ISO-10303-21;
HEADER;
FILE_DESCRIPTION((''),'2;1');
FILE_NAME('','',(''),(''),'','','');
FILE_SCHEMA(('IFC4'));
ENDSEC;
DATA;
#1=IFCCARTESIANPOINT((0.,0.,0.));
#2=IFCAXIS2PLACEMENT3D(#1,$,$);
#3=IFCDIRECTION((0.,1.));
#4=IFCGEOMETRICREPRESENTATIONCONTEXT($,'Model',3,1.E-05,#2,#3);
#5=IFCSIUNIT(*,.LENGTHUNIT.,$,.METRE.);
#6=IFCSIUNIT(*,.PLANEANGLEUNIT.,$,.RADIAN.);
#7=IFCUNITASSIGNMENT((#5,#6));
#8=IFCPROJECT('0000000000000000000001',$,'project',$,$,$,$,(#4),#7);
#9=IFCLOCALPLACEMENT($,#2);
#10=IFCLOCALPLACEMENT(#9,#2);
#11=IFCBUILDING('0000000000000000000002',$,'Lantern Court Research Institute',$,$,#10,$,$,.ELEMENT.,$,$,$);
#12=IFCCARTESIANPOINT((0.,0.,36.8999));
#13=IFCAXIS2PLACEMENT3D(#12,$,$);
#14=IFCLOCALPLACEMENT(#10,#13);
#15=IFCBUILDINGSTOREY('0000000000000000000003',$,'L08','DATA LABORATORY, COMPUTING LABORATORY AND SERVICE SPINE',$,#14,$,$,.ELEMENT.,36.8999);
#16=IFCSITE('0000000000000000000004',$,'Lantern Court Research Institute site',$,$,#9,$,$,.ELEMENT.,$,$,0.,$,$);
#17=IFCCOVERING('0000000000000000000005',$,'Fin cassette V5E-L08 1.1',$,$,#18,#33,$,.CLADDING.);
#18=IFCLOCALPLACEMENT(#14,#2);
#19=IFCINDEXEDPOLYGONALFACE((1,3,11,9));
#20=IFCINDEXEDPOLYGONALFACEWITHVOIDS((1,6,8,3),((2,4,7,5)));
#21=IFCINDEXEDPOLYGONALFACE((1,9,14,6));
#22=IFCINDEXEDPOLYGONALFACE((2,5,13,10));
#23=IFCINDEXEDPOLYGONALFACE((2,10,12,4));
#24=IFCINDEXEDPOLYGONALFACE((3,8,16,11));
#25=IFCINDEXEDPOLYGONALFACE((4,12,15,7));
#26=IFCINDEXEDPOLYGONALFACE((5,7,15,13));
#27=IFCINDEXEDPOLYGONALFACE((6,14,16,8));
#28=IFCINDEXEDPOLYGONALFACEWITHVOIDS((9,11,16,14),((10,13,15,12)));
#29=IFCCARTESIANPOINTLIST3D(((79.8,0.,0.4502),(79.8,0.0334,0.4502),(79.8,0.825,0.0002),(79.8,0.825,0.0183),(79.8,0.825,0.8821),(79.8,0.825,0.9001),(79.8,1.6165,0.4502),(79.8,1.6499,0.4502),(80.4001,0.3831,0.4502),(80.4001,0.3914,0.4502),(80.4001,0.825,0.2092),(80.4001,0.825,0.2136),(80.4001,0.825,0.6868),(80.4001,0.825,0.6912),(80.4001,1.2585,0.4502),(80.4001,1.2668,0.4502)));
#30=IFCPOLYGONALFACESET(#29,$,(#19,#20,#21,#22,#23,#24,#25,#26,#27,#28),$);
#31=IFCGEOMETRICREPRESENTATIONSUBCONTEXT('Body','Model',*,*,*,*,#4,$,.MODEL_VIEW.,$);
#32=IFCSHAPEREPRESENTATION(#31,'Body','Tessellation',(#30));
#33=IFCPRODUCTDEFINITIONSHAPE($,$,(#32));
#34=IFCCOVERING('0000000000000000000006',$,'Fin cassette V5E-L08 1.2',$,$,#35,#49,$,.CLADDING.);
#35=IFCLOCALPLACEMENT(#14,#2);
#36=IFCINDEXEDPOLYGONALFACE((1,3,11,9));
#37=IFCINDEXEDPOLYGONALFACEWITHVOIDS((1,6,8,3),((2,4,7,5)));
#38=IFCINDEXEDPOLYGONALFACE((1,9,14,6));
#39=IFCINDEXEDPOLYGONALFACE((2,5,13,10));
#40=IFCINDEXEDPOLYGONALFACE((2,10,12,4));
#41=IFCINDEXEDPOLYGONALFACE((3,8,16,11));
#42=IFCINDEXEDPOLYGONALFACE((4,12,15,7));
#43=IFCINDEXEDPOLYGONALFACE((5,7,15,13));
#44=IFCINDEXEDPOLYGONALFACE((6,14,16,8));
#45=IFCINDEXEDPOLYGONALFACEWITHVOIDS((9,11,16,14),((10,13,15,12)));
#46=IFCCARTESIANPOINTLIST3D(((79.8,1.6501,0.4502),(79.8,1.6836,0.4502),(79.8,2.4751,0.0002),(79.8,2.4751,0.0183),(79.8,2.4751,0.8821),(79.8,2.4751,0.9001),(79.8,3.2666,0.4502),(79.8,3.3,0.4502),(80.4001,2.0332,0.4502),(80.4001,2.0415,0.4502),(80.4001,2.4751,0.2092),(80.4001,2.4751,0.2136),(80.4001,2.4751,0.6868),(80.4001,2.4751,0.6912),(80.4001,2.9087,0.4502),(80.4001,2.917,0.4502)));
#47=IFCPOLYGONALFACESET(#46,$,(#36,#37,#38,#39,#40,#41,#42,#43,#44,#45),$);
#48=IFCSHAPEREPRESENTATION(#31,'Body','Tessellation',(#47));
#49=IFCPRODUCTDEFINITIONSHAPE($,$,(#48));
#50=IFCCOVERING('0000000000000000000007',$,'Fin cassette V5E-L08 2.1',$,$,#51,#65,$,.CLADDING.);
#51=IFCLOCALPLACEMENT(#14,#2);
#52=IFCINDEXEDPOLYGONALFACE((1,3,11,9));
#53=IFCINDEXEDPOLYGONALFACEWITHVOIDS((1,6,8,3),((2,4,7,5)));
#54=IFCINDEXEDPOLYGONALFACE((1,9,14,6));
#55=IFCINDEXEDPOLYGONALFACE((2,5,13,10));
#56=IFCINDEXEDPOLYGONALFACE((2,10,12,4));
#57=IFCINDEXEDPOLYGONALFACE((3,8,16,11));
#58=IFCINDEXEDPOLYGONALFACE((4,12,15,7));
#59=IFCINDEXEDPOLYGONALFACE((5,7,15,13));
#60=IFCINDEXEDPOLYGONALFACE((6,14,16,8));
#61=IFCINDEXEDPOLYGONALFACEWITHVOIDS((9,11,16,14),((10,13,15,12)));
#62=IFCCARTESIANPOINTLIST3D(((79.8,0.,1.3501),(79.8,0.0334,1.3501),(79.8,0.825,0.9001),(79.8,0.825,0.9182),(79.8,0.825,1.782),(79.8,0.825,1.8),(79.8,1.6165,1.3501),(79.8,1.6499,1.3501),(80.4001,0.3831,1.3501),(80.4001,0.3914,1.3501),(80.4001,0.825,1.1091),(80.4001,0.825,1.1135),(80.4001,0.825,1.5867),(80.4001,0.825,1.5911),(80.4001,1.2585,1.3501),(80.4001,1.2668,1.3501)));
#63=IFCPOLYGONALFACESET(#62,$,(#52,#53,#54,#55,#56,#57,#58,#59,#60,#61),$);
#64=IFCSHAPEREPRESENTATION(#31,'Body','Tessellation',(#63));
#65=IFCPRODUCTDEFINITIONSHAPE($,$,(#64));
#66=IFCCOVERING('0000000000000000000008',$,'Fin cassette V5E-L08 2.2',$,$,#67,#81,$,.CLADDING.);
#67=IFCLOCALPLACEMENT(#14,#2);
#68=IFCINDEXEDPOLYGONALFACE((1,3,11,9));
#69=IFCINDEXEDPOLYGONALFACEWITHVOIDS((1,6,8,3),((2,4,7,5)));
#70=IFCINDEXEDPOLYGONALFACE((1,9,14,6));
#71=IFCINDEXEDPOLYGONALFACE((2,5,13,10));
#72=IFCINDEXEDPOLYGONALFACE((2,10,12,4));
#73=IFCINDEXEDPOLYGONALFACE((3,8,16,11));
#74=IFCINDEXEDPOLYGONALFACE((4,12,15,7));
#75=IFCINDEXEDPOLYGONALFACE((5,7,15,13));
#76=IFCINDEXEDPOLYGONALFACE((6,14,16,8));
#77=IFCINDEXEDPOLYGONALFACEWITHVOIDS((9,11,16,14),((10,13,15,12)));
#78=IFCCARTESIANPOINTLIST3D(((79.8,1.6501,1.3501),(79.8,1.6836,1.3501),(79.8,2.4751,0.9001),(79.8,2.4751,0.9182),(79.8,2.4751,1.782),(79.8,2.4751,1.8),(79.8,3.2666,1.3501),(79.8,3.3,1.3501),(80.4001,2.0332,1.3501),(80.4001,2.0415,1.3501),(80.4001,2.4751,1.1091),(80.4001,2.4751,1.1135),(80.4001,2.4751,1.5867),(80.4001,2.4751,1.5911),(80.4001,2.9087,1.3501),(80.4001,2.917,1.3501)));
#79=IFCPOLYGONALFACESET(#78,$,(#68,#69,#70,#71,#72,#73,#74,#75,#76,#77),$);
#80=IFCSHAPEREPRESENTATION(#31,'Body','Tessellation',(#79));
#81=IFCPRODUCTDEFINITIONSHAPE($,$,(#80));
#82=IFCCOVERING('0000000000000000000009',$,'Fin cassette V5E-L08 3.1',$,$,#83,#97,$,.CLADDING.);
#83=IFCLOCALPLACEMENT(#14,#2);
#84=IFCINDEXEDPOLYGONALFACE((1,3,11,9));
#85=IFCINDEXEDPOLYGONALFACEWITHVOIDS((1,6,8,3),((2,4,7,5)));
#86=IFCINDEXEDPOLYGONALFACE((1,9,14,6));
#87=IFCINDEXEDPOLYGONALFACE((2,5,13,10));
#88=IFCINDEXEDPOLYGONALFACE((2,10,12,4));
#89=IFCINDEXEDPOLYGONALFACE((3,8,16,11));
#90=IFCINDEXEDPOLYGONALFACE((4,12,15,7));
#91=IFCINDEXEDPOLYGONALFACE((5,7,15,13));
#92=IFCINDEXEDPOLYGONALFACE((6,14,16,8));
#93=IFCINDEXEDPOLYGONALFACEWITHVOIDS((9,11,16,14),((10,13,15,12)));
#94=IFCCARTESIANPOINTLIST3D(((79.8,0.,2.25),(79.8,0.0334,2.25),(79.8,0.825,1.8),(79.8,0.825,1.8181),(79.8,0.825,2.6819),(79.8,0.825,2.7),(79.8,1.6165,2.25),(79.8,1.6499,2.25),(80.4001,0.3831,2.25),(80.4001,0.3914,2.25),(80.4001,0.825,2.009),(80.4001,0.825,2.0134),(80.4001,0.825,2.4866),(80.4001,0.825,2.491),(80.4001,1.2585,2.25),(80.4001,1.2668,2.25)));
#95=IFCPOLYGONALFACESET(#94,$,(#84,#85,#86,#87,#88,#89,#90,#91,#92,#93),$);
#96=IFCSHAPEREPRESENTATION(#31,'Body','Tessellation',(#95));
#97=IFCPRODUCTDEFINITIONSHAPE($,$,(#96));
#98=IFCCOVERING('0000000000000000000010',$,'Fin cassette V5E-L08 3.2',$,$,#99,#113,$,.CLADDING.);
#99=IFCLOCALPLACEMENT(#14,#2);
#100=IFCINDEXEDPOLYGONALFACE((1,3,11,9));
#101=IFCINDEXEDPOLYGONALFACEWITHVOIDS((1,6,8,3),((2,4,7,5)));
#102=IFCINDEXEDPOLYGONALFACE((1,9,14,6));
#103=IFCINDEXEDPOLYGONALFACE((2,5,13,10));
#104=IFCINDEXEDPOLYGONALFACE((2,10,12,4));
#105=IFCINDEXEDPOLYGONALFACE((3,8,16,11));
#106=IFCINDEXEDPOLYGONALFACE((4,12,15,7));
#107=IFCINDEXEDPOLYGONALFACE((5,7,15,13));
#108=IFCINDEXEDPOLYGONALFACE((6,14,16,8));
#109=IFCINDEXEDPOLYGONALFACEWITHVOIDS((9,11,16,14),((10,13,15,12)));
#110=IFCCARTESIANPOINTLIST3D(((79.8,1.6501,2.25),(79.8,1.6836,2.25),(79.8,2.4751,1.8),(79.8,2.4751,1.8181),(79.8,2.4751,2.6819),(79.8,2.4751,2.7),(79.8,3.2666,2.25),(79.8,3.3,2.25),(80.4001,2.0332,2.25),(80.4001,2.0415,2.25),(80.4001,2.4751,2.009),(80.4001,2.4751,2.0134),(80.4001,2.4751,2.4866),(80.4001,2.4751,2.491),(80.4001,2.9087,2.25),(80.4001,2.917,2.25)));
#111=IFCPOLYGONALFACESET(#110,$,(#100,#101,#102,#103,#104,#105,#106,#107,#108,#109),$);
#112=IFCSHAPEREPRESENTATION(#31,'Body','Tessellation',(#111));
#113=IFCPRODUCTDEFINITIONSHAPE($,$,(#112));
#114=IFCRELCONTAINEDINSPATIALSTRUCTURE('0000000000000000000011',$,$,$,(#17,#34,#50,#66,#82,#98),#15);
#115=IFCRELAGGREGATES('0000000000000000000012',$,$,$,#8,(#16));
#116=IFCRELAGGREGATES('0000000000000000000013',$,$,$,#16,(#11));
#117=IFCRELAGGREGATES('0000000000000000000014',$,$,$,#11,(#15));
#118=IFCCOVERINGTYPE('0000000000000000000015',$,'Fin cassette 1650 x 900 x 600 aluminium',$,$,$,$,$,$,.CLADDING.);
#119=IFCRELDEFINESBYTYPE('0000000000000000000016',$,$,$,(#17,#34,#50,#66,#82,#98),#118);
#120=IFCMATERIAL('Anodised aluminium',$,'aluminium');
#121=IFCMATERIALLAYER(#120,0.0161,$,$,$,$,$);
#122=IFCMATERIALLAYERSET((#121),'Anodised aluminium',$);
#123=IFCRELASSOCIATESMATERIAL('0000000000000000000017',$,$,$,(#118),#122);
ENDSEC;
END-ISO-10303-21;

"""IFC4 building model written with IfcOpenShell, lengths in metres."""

from ifc_helpers import new_model, entity, si_unit, direction, frame, origin, place, context, subcontext, project, spatial, material, layer, layer_set, type_object, element, save


model = new_model("IFC4")

# Units and contexts
model_context = context("Model", 3, precision=1e-05, world=origin(), true_north=direction((0.0, 1.0)))
body_context = subcontext(model_context, "Body", "Model", "MODEL_VIEW")
ifc_project = project(units=[si_unit("LENGTHUNIT", "METRE"), si_unit("PLANEANGLEUNIT", "RADIAN")], contexts=[model_context])

# Site, building, storey
site_placement = place(None, origin())
site = spatial("IfcSite", under=ifc_project, at=site_placement, Name="Lantern Court Research Institute site", CompositionType="ELEMENT", RefElevation=0.0)
building_placement = place(site_placement, origin())
building = spatial("IfcBuilding", under=site, at=building_placement, Name="Lantern Court Research Institute", CompositionType="ELEMENT")
storey_placement = place(building_placement, frame((0.0, 0.0, 36.8999)))
storey = spatial("IfcBuildingStorey", under=building, at=storey_placement, Name="L08", Description="DATA LABORATORY, COMPUTING LABORATORY AND SERVICE SPINE", CompositionType="ELEMENT", Elevation=36.8999)

# Coverings
ifc_material_1 = material(Name="Anodised aluminium", Category="aluminium")
ifc_layer_1 = layer(ifc_material_1, 0.0161)
ifc_layer_set_1 = layer_set([ifc_layer_1], Name="Anodised aluminium")
covering_type = type_object("IfcCoveringType", Name="Fin cassette 1650 x 900 x 600 aluminium", PredefinedType="CLADDING", material=ifc_layer_set_1)
covering_1_placement = place(storey_placement, frame((79.8, 0.825, 0.4502), z_axis=(1.0, 0.0, 0.0), x_axis=(0.0, 1.0, 0.0)))
cartesian_point_1 = entity("IfcCartesianPoint", [0.825, 0.0])
cartesian_point_2 = entity("IfcCartesianPoint", [0.7915, 0.0])
cartesian_point_3 = entity("IfcCartesianPoint", [0.4419, 0.0])
cartesian_point_4 = entity("IfcCartesianPoint", [0.4336, 0.0])
element("IfcCovering", 1, at=covering_1_placement, inside=storey, type_object=covering_type, Name="Fin cassette V5E-L08 1.1", PredefinedType="CLADDING", context=body_context, shape_type="SweptSolid", body=[
    entity("IfcExtrudedAreaSolidTapered", entity("IfcArbitraryProfileDefWithVoids", "AREA", None, entity("IfcPolyline", [cartesian_point_1, entity("IfcCartesianPoint", [0.0, 0.45]), entity("IfcCartesianPoint", [-0.825, 0.0]), entity("IfcCartesianPoint", [0.0, -0.45]), cartesian_point_1]), [entity("IfcPolyline", [cartesian_point_2, entity("IfcCartesianPoint", [0.0, 0.4319]), entity("IfcCartesianPoint", [-0.7915, 0.0]), entity("IfcCartesianPoint", [0.0, -0.4319]), cartesian_point_2])]), entity("IfcAxis2Placement3D", entity("IfcCartesianPoint", [0.0, 0.0, 0.0])), entity("IfcDirection", [0.0, 0.0, 1.0]), 0.6001, entity("IfcArbitraryProfileDefWithVoids", "AREA", None, entity("IfcPolyline", [cartesian_point_3, entity("IfcCartesianPoint", [0.0, 0.241]), entity("IfcCartesianPoint", [-0.4419, 0.0]), entity("IfcCartesianPoint", [0.0, -0.241]), cartesian_point_3]), [entity("IfcPolyline", [cartesian_point_4, entity("IfcCartesianPoint", [0.0, 0.2366]), entity("IfcCartesianPoint", [-0.4336, 0.0]), entity("IfcCartesianPoint", [0.0, -0.2366]), cartesian_point_4])])),
])
covering_2_placement = place(storey_placement, frame((79.8, 2.4751, 0.4502), z_axis=(1.0, 0.0, 0.0), x_axis=(0.0, 1.0, 0.0)))
cartesian_point_5 = entity("IfcCartesianPoint", [0.825, 0.0])
cartesian_point_6 = entity("IfcCartesianPoint", [0.7915, 0.0])
cartesian_point_7 = entity("IfcCartesianPoint", [0.4419, 0.0])
cartesian_point_8 = entity("IfcCartesianPoint", [0.4336, 0.0])
element("IfcCovering", 2, at=covering_2_placement, inside=storey, type_object=covering_type, Name="Fin cassette V5E-L08 1.2", PredefinedType="CLADDING", context=body_context, shape_type="SweptSolid", body=[
    entity("IfcExtrudedAreaSolidTapered", entity("IfcArbitraryProfileDefWithVoids", "AREA", None, entity("IfcPolyline", [cartesian_point_5, entity("IfcCartesianPoint", [0.0, 0.45]), entity("IfcCartesianPoint", [-0.825, 0.0]), entity("IfcCartesianPoint", [0.0, -0.45]), cartesian_point_5]), [entity("IfcPolyline", [cartesian_point_6, entity("IfcCartesianPoint", [0.0, 0.4319]), entity("IfcCartesianPoint", [-0.7915, 0.0]), entity("IfcCartesianPoint", [0.0, -0.4319]), cartesian_point_6])]), entity("IfcAxis2Placement3D", entity("IfcCartesianPoint", [0.0, 0.0, 0.0])), entity("IfcDirection", [0.0, 0.0, 1.0]), 0.6001, entity("IfcArbitraryProfileDefWithVoids", "AREA", None, entity("IfcPolyline", [cartesian_point_7, entity("IfcCartesianPoint", [0.0, 0.241]), entity("IfcCartesianPoint", [-0.4419, 0.0]), entity("IfcCartesianPoint", [0.0, -0.241]), cartesian_point_7]), [entity("IfcPolyline", [cartesian_point_8, entity("IfcCartesianPoint", [0.0, 0.2366]), entity("IfcCartesianPoint", [-0.4336, 0.0]), entity("IfcCartesianPoint", [0.0, -0.2366]), cartesian_point_8])])),
])
covering_3_placement = place(storey_placement, frame((79.8, 0.825, 1.3501), z_axis=(1.0, 0.0, 0.0), x_axis=(0.0, 1.0, 0.0)))
cartesian_point_9 = entity("IfcCartesianPoint", [0.825, 0.0])
cartesian_point_10 = entity("IfcCartesianPoint", [0.7915, 0.0])
cartesian_point_11 = entity("IfcCartesianPoint", [0.4419, 0.0])
cartesian_point_12 = entity("IfcCartesianPoint", [0.4336, 0.0])
element("IfcCovering", 3, at=covering_3_placement, inside=storey, type_object=covering_type, Name="Fin cassette V5E-L08 2.1", PredefinedType="CLADDING", context=body_context, shape_type="SweptSolid", body=[
    entity("IfcExtrudedAreaSolidTapered", entity("IfcArbitraryProfileDefWithVoids", "AREA", None, entity("IfcPolyline", [cartesian_point_9, entity("IfcCartesianPoint", [0.0, 0.45]), entity("IfcCartesianPoint", [-0.825, 0.0]), entity("IfcCartesianPoint", [0.0, -0.45]), cartesian_point_9]), [entity("IfcPolyline", [cartesian_point_10, entity("IfcCartesianPoint", [0.0, 0.4319]), entity("IfcCartesianPoint", [-0.7915, 0.0]), entity("IfcCartesianPoint", [0.0, -0.4319]), cartesian_point_10])]), entity("IfcAxis2Placement3D", entity("IfcCartesianPoint", [0.0, 0.0, 0.0])), entity("IfcDirection", [0.0, 0.0, 1.0]), 0.6001, entity("IfcArbitraryProfileDefWithVoids", "AREA", None, entity("IfcPolyline", [cartesian_point_11, entity("IfcCartesianPoint", [0.0, 0.241]), entity("IfcCartesianPoint", [-0.4419, 0.0]), entity("IfcCartesianPoint", [0.0, -0.241]), cartesian_point_11]), [entity("IfcPolyline", [cartesian_point_12, entity("IfcCartesianPoint", [0.0, 0.2366]), entity("IfcCartesianPoint", [-0.4336, 0.0]), entity("IfcCartesianPoint", [0.0, -0.2366]), cartesian_point_12])])),
])
covering_4_placement = place(storey_placement, frame((79.8, 2.4751, 1.3501), z_axis=(1.0, 0.0, 0.0), x_axis=(0.0, 1.0, 0.0)))
cartesian_point_13 = entity("IfcCartesianPoint", [0.825, 0.0])
cartesian_point_14 = entity("IfcCartesianPoint", [0.7915, 0.0])
cartesian_point_15 = entity("IfcCartesianPoint", [0.4419, 0.0])
cartesian_point_16 = entity("IfcCartesianPoint", [0.4336, 0.0])
element("IfcCovering", 4, at=covering_4_placement, inside=storey, type_object=covering_type, Name="Fin cassette V5E-L08 2.2", PredefinedType="CLADDING", context=body_context, shape_type="SweptSolid", body=[
    entity("IfcExtrudedAreaSolidTapered", entity("IfcArbitraryProfileDefWithVoids", "AREA", None, entity("IfcPolyline", [cartesian_point_13, entity("IfcCartesianPoint", [0.0, 0.45]), entity("IfcCartesianPoint", [-0.825, 0.0]), entity("IfcCartesianPoint", [0.0, -0.45]), cartesian_point_13]), [entity("IfcPolyline", [cartesian_point_14, entity("IfcCartesianPoint", [0.0, 0.4319]), entity("IfcCartesianPoint", [-0.7915, 0.0]), entity("IfcCartesianPoint", [0.0, -0.4319]), cartesian_point_14])]), entity("IfcAxis2Placement3D", entity("IfcCartesianPoint", [0.0, 0.0, 0.0])), entity("IfcDirection", [0.0, 0.0, 1.0]), 0.6001, entity("IfcArbitraryProfileDefWithVoids", "AREA", None, entity("IfcPolyline", [cartesian_point_15, entity("IfcCartesianPoint", [0.0, 0.241]), entity("IfcCartesianPoint", [-0.4419, 0.0]), entity("IfcCartesianPoint", [0.0, -0.241]), cartesian_point_15]), [entity("IfcPolyline", [cartesian_point_16, entity("IfcCartesianPoint", [0.0, 0.2366]), entity("IfcCartesianPoint", [-0.4336, 0.0]), entity("IfcCartesianPoint", [0.0, -0.2366]), cartesian_point_16])])),
])
covering_5_placement = place(storey_placement, frame((79.8, 0.825, 2.25), z_axis=(1.0, 0.0, 0.0), x_axis=(0.0, 1.0, 0.0)))
cartesian_point_17 = entity("IfcCartesianPoint", [0.825, 0.0])
cartesian_point_18 = entity("IfcCartesianPoint", [0.7915, 0.0])
cartesian_point_19 = entity("IfcCartesianPoint", [0.4419, 0.0])
cartesian_point_20 = entity("IfcCartesianPoint", [0.4336, 0.0])
element("IfcCovering", 5, at=covering_5_placement, inside=storey, type_object=covering_type, Name="Fin cassette V5E-L08 3.1", PredefinedType="CLADDING", context=body_context, shape_type="SweptSolid", body=[
    entity("IfcExtrudedAreaSolidTapered", entity("IfcArbitraryProfileDefWithVoids", "AREA", None, entity("IfcPolyline", [cartesian_point_17, entity("IfcCartesianPoint", [0.0, 0.45]), entity("IfcCartesianPoint", [-0.825, 0.0]), entity("IfcCartesianPoint", [0.0, -0.45]), cartesian_point_17]), [entity("IfcPolyline", [cartesian_point_18, entity("IfcCartesianPoint", [0.0, 0.4319]), entity("IfcCartesianPoint", [-0.7915, 0.0]), entity("IfcCartesianPoint", [0.0, -0.4319]), cartesian_point_18])]), entity("IfcAxis2Placement3D", entity("IfcCartesianPoint", [0.0, 0.0, 0.0])), entity("IfcDirection", [0.0, 0.0, 1.0]), 0.6001, entity("IfcArbitraryProfileDefWithVoids", "AREA", None, entity("IfcPolyline", [cartesian_point_19, entity("IfcCartesianPoint", [0.0, 0.241]), entity("IfcCartesianPoint", [-0.4419, 0.0]), entity("IfcCartesianPoint", [0.0, -0.241]), cartesian_point_19]), [entity("IfcPolyline", [cartesian_point_20, entity("IfcCartesianPoint", [0.0, 0.2366]), entity("IfcCartesianPoint", [-0.4336, 0.0]), entity("IfcCartesianPoint", [0.0, -0.2366]), cartesian_point_20])])),
])
covering_6_placement = place(storey_placement, frame((79.8, 2.4751, 2.25), z_axis=(1.0, 0.0, 0.0), x_axis=(0.0, 1.0, 0.0)))
cartesian_point_21 = entity("IfcCartesianPoint", [0.825, 0.0])
cartesian_point_22 = entity("IfcCartesianPoint", [0.7915, 0.0])
cartesian_point_23 = entity("IfcCartesianPoint", [0.4419, 0.0])
cartesian_point_24 = entity("IfcCartesianPoint", [0.4336, 0.0])
element("IfcCovering", 6, at=covering_6_placement, inside=storey, type_object=covering_type, Name="Fin cassette V5E-L08 3.2", PredefinedType="CLADDING", context=body_context, shape_type="SweptSolid", body=[
    entity("IfcExtrudedAreaSolidTapered", entity("IfcArbitraryProfileDefWithVoids", "AREA", None, entity("IfcPolyline", [cartesian_point_21, entity("IfcCartesianPoint", [0.0, 0.45]), entity("IfcCartesianPoint", [-0.825, 0.0]), entity("IfcCartesianPoint", [0.0, -0.45]), cartesian_point_21]), [entity("IfcPolyline", [cartesian_point_22, entity("IfcCartesianPoint", [0.0, 0.4319]), entity("IfcCartesianPoint", [-0.7915, 0.0]), entity("IfcCartesianPoint", [0.0, -0.4319]), cartesian_point_22])]), entity("IfcAxis2Placement3D", entity("IfcCartesianPoint", [0.0, 0.0, 0.0])), entity("IfcDirection", [0.0, 0.0, 1.0]), 0.6001, entity("IfcArbitraryProfileDefWithVoids", "AREA", None, entity("IfcPolyline", [cartesian_point_23, entity("IfcCartesianPoint", [0.0, 0.241]), entity("IfcCartesianPoint", [-0.4419, 0.0]), entity("IfcCartesianPoint", [0.0, -0.241]), cartesian_point_23]), [entity("IfcPolyline", [cartesian_point_24, entity("IfcCartesianPoint", [0.0, 0.2366]), entity("IfcCartesianPoint", [-0.4336, 0.0]), entity("IfcCartesianPoint", [0.0, -0.2366]), cartesian_point_24])])),
])

save(model, "model.ifc")
